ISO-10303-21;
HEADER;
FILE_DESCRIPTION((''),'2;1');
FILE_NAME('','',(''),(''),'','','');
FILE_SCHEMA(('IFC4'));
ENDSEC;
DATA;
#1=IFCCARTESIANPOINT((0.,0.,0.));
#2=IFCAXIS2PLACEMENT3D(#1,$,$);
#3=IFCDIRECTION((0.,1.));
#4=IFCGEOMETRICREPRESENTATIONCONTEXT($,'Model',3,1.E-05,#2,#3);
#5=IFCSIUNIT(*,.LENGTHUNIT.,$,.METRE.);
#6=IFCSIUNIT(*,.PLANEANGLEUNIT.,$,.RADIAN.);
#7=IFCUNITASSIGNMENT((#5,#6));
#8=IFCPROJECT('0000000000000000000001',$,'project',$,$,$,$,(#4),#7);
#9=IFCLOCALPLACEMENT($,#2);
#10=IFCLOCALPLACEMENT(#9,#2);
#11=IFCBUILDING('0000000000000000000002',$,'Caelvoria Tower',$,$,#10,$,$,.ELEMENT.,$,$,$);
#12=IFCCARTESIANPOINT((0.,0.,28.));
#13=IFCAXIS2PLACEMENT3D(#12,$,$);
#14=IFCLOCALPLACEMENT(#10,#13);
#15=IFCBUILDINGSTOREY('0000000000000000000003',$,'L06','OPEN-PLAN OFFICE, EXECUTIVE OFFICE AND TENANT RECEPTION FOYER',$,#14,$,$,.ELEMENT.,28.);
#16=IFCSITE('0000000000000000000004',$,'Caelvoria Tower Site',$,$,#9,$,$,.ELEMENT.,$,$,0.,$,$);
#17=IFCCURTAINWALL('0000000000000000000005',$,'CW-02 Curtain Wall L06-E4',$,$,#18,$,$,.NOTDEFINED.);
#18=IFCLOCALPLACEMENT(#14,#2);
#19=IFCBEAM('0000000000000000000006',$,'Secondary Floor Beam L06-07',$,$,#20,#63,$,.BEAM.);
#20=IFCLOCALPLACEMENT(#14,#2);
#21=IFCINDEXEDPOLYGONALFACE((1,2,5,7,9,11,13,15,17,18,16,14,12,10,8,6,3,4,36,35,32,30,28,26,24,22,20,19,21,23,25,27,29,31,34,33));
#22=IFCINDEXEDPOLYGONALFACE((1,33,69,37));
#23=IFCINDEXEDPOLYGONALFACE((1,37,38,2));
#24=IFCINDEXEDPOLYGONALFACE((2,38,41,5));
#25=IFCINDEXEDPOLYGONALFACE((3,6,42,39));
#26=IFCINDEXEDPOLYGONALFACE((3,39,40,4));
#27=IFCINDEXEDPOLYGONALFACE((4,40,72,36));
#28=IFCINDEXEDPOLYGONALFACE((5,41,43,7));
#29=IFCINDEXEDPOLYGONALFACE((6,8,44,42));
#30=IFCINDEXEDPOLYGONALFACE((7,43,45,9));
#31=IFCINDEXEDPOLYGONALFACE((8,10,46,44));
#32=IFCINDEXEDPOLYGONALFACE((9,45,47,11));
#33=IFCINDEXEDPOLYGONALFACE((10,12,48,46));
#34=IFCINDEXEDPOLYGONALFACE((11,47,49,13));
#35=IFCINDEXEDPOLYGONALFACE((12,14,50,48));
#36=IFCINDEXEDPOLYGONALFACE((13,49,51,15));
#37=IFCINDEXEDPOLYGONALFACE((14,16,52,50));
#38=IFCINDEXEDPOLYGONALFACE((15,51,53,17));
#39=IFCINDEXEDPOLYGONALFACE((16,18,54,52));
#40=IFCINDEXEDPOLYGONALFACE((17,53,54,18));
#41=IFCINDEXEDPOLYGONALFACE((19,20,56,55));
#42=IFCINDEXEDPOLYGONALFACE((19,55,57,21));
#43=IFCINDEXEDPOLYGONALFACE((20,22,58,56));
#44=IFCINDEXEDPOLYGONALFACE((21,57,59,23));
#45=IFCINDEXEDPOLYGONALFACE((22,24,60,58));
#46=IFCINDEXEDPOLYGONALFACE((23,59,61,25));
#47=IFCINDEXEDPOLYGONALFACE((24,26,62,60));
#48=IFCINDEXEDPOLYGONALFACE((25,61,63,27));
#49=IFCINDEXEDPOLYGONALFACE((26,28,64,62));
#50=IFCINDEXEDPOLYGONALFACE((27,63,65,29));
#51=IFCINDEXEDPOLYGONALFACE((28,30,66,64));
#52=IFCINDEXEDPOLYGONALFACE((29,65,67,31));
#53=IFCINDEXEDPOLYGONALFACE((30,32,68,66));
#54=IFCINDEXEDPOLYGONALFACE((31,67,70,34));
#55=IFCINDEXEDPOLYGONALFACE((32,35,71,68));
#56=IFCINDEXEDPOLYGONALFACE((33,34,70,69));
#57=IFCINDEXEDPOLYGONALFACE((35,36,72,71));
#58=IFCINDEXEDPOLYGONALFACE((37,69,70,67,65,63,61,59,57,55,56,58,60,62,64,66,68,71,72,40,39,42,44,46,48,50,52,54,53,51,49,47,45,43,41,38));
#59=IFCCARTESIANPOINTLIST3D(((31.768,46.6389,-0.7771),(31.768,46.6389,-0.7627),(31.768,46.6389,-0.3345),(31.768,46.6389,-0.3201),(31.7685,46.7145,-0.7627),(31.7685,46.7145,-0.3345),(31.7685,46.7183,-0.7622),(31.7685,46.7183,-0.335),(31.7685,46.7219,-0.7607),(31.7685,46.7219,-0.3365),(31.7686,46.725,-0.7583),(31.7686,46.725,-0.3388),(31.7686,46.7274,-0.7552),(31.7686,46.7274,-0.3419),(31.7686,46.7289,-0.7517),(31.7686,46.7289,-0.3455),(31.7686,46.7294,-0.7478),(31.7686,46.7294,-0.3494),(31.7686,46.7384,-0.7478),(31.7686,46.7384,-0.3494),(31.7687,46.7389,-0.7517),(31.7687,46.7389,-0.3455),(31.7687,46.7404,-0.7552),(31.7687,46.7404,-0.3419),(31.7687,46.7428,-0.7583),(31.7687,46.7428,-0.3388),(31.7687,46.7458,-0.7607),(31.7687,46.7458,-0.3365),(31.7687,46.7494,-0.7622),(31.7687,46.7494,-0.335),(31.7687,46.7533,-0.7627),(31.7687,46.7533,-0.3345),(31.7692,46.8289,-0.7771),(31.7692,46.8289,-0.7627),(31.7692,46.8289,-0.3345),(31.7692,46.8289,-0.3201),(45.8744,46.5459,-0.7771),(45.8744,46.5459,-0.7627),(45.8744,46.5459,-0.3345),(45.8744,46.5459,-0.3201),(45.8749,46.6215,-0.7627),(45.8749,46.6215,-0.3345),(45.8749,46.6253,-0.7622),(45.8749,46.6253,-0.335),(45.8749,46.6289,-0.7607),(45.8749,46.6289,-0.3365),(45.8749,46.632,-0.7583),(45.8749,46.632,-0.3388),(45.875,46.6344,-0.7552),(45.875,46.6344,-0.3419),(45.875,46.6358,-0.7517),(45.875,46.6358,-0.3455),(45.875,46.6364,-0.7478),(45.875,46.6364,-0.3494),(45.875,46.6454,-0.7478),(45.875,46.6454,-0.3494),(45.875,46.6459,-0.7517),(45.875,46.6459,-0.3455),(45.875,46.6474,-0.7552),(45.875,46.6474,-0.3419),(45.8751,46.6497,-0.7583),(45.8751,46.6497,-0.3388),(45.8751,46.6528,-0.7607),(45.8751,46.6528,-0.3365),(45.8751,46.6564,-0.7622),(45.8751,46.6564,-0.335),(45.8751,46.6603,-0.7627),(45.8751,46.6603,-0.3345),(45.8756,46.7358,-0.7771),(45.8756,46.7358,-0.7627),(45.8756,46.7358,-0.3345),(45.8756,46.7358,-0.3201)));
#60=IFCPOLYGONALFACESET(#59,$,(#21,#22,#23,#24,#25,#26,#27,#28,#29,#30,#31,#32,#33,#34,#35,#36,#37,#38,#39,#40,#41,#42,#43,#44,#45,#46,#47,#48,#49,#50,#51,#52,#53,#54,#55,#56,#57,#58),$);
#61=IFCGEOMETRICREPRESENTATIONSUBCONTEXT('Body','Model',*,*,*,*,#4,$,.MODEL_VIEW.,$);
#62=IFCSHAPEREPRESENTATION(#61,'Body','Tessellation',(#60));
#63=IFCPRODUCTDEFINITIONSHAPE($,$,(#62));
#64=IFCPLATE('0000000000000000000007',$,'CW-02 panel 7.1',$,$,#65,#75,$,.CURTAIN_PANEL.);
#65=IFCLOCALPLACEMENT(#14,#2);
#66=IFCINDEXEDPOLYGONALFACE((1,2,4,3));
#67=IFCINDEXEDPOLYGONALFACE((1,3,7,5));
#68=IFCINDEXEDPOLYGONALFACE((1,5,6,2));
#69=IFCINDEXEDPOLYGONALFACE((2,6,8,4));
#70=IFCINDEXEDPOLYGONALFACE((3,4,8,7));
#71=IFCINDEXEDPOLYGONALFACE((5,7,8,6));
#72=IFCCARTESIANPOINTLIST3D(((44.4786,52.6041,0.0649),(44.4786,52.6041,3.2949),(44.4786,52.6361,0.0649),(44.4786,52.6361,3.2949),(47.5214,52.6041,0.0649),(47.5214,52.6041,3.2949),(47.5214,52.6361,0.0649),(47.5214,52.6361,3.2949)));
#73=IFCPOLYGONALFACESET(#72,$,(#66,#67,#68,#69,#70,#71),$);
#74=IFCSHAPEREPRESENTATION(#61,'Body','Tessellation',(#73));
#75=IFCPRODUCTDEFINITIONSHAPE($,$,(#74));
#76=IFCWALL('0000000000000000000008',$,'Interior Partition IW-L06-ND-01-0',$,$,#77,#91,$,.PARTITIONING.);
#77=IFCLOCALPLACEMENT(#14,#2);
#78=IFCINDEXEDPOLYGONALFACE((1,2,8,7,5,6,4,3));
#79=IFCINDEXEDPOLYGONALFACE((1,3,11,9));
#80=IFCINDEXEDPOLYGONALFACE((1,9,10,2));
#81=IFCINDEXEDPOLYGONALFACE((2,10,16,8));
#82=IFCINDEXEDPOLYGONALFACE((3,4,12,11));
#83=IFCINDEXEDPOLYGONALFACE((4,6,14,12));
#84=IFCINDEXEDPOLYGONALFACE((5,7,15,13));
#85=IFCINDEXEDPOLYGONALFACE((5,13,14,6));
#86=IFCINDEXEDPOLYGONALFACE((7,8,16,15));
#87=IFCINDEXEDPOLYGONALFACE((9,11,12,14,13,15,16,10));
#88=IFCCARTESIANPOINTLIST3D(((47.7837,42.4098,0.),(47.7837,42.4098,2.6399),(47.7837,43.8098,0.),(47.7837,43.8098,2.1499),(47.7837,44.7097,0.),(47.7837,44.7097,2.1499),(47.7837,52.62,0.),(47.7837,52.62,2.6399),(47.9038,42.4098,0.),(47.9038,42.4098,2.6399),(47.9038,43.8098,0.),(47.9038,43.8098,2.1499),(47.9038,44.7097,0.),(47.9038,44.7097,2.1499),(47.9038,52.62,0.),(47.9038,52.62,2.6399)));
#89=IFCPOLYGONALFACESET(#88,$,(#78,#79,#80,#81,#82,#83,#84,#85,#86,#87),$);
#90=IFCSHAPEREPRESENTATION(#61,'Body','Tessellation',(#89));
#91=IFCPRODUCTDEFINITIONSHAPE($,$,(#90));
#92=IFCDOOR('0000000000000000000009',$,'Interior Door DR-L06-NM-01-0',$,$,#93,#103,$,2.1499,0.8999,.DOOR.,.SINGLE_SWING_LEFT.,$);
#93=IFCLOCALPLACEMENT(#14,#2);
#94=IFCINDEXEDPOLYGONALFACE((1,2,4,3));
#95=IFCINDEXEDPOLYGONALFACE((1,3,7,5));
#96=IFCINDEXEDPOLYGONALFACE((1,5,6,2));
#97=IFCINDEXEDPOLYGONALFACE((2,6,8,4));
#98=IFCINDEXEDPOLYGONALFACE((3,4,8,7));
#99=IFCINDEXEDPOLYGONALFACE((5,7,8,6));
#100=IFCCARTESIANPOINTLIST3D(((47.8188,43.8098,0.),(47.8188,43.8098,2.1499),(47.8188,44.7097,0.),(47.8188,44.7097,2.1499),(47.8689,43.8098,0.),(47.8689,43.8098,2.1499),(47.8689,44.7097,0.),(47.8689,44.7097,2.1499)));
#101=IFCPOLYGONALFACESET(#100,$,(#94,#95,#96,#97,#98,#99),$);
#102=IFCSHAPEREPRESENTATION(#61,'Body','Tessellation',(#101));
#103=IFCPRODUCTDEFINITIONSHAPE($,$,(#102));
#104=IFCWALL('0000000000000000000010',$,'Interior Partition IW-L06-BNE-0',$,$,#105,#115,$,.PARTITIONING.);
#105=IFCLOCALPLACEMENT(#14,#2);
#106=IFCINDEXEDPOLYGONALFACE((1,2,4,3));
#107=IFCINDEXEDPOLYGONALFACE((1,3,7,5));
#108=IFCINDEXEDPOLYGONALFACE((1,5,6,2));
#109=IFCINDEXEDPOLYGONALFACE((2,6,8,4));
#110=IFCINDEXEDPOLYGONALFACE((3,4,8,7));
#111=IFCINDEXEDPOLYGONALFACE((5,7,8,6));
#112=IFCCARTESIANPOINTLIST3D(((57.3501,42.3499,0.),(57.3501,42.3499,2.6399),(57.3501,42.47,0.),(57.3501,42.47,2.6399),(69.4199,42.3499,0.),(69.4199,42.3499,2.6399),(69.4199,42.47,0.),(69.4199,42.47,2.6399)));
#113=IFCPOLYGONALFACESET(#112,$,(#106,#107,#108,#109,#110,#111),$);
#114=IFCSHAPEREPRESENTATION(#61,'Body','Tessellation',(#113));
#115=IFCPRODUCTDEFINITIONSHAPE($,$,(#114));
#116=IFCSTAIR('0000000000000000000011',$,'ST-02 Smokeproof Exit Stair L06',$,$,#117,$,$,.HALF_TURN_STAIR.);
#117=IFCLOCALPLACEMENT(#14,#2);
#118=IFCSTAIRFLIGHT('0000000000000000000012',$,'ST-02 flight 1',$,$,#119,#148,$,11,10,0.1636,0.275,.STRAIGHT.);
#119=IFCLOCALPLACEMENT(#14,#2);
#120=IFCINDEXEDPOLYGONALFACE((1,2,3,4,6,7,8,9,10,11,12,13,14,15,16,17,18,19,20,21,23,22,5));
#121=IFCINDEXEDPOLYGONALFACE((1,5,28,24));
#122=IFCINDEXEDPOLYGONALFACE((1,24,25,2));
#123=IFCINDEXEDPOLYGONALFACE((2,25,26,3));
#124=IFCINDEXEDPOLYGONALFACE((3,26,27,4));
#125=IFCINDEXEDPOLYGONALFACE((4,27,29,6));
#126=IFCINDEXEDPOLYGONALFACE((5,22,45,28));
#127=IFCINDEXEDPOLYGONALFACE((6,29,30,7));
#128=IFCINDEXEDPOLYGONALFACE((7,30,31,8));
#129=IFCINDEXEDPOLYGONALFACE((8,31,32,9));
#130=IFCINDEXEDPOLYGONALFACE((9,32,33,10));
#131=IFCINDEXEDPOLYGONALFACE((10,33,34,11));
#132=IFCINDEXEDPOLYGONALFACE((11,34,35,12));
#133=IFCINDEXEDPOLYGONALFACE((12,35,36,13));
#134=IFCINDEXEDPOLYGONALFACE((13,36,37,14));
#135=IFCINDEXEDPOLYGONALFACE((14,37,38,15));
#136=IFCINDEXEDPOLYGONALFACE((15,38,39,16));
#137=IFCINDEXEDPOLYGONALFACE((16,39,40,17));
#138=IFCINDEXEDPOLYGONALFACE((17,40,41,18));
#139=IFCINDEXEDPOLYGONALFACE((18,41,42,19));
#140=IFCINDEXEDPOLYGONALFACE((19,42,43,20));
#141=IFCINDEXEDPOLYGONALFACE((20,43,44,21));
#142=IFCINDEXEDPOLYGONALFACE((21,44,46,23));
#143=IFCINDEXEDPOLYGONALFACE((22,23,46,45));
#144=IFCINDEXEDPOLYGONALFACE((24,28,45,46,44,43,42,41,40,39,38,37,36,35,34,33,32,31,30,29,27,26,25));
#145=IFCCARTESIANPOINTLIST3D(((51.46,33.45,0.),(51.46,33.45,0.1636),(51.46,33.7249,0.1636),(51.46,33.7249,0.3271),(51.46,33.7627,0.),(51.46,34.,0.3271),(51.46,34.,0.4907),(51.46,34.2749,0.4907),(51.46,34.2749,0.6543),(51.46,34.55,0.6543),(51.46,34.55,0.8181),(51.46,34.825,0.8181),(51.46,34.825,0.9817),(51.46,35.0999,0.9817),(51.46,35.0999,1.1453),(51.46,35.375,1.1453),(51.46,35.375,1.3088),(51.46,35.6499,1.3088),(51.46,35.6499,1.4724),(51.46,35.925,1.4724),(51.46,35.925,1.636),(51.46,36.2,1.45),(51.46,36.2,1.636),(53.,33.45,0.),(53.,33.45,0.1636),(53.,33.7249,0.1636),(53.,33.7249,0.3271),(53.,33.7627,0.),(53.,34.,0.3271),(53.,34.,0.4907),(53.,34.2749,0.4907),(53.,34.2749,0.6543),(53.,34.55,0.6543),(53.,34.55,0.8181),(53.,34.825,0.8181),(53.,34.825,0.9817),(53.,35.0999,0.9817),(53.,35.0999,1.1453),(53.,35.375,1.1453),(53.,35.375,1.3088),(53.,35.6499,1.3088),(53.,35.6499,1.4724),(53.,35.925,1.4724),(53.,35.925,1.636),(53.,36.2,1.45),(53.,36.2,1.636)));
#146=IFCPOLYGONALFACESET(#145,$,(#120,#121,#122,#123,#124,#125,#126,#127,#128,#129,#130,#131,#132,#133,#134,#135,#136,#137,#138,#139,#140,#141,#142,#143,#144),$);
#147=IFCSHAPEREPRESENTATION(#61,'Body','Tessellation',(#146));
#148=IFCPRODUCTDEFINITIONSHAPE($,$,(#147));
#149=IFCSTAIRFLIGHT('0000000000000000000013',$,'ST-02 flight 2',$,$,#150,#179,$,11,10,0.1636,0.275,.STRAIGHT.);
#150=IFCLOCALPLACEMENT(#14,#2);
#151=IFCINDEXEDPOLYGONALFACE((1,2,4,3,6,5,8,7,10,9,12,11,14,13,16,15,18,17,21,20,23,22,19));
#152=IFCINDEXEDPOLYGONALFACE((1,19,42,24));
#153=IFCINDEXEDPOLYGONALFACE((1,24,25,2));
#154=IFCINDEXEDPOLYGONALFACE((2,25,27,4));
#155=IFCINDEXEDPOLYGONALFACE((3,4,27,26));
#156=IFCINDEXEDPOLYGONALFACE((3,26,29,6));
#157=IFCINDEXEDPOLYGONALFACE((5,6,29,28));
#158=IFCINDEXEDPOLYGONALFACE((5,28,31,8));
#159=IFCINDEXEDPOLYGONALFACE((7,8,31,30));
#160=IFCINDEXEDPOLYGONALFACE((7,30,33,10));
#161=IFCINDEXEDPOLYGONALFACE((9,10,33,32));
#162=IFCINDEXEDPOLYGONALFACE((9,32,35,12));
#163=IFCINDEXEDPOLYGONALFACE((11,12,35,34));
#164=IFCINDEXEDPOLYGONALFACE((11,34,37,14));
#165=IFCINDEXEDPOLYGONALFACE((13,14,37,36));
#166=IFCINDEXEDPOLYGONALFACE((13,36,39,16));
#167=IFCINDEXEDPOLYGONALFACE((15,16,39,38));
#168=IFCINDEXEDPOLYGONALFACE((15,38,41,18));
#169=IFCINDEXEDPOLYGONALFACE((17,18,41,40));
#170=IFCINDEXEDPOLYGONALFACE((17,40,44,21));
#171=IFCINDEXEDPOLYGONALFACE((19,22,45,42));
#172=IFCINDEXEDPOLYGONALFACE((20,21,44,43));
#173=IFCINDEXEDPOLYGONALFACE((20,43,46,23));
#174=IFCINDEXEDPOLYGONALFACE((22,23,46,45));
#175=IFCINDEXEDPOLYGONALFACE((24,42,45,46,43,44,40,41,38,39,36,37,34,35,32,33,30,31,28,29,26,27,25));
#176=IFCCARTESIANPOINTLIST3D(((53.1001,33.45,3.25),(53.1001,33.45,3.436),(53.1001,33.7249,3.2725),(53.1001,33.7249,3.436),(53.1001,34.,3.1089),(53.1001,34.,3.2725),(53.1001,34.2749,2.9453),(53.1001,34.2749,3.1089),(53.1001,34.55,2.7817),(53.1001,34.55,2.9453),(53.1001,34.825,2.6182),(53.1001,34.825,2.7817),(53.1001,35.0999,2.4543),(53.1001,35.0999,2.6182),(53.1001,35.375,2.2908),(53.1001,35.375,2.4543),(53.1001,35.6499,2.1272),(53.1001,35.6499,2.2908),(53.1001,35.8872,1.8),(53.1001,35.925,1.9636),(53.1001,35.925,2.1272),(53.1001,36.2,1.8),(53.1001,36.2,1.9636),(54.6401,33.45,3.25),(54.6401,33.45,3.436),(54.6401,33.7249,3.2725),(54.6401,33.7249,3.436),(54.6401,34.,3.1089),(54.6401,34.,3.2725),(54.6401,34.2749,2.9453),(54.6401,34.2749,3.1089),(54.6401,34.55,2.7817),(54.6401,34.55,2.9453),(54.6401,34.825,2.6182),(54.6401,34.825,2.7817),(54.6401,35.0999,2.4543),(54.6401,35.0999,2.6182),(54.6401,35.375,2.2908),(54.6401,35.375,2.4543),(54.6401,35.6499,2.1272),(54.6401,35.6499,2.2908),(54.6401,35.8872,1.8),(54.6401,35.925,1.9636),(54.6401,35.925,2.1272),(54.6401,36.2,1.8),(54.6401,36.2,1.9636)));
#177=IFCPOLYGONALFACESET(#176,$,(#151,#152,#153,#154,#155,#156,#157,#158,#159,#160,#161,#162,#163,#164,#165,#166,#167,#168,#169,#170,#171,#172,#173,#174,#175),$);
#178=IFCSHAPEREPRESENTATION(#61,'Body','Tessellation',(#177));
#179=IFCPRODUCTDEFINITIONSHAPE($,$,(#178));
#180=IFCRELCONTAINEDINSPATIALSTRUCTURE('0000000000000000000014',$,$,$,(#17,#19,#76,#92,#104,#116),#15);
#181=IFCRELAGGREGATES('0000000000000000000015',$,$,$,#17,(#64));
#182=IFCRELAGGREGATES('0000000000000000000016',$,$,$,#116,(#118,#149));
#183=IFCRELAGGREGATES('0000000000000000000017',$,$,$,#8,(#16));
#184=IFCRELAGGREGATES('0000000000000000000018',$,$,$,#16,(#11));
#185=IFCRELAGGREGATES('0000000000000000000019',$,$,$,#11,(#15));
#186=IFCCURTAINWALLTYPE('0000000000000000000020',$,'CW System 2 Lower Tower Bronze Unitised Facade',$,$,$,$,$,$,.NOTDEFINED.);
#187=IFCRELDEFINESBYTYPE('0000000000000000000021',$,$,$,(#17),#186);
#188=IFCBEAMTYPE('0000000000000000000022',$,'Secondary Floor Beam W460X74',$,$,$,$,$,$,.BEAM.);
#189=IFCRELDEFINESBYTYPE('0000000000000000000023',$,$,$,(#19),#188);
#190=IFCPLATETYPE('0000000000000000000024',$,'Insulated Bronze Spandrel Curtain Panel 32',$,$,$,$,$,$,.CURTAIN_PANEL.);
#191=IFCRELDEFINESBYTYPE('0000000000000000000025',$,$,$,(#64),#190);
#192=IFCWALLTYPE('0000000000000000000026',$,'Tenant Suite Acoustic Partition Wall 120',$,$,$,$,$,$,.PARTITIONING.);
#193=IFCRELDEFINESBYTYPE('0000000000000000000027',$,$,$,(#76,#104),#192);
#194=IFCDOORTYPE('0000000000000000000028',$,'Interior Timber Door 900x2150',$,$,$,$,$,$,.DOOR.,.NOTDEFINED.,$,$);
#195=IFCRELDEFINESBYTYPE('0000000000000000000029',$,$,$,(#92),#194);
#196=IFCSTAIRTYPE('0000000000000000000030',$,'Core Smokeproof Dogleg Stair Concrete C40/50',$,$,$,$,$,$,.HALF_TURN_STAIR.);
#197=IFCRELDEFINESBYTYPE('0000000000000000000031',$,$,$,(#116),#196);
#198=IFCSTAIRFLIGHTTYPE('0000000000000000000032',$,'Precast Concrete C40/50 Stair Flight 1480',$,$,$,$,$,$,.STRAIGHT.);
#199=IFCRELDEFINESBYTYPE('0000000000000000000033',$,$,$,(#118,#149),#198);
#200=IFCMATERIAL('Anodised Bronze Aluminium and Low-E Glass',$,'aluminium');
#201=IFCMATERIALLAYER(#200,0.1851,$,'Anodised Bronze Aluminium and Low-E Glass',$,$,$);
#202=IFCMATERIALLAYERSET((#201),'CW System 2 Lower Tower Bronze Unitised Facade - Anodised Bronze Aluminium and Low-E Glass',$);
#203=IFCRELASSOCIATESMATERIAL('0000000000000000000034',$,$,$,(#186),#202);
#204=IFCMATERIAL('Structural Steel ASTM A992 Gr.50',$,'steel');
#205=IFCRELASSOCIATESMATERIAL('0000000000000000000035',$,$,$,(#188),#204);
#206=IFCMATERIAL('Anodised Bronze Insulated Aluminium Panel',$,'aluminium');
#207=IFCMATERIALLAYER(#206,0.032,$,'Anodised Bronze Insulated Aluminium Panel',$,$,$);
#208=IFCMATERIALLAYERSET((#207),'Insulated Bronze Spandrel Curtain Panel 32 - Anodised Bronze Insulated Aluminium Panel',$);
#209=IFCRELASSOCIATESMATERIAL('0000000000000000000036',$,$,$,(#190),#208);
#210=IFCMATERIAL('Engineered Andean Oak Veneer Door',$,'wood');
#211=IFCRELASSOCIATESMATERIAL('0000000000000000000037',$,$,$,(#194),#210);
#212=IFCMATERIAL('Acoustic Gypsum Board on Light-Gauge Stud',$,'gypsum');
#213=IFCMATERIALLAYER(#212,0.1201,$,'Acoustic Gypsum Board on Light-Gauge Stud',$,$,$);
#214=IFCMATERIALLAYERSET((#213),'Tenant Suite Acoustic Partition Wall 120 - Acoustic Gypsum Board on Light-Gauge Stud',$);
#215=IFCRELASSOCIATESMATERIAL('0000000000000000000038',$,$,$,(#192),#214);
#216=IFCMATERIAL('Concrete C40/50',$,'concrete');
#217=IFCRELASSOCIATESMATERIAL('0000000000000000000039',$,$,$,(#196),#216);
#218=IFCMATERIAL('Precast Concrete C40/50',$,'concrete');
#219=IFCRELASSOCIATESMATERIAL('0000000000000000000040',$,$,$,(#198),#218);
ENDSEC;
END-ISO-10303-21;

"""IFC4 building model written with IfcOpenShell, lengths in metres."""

from ifc_helpers import new_model, si_unit, direction, frame, frame_2d, origin, origin_2d, place, context, subcontext, project, spatial, polyline, rectangle, i_section, outline, extrude, material, layer, layer_set, material_profile, profile_set, type_object, element, fill, aggregate, save


model = new_model("IFC4")

# Units and contexts
model_context = context("Model", 3, precision=1e-05, world=origin(), true_north=direction((0.0, 1.0)))
body_context = subcontext(model_context, "Body", "Model", "MODEL_VIEW")
ifc_project = project(units=[si_unit("LENGTHUNIT", "METRE"), si_unit("PLANEANGLEUNIT", "RADIAN")], contexts=[model_context])

# Site, building, storey
site_placement = place(None, origin())
site = spatial("IfcSite", under=ifc_project, at=site_placement, Name="Caelvoria Tower Site", CompositionType="ELEMENT", RefElevation=0.0)
building_placement = place(site_placement, origin())
building = spatial("IfcBuilding", under=site, at=building_placement, Name="Caelvoria Tower", CompositionType="ELEMENT")
storey_placement = place(building_placement, frame((0.0, 0.0, 28.0)))
storey = spatial("IfcBuildingStorey", under=building, at=storey_placement, Name="L06", Description="OPEN-PLAN OFFICE, EXECUTIVE OFFICE AND TENANT RECEPTION FOYER", CompositionType="ELEMENT", Elevation=28.0)

# Shared definitions
ifc_material_1 = material(Name="Structural Steel ASTM A992 Gr.50", Category="steel")

# Curtain wall
ifc_material_2 = material(Name="Anodised Bronze Aluminium and Low-E Glass", Category="aluminium")
ifc_layer_1 = layer(ifc_material_2, 0.1851, Name="Anodised Bronze Aluminium and Low-E Glass")
ifc_layer_set_1 = layer_set([ifc_layer_1], Name="CW System 2 Lower Tower Bronze Unitised Facade - Anodised Bronze Aluminium and Low-E Glass")
curtain_wall_type = type_object("IfcCurtainWallType", Name="CW System 2 Lower Tower Bronze Unitised Facade", PredefinedType="NOTDEFINED", material=ifc_layer_set_1)
curtain_wall_placement = place(storey_placement, origin())
curtain_wall = element("IfcCurtainWall", 1, at=curtain_wall_placement, inside=storey, type_object=curtain_wall_type, Name="CW-02 Curtain Wall L06-E4", PredefinedType="NOTDEFINED")

# Beam
ifc_material_profile_1 = material_profile(ifc_material_1, i_section(OverallWidth=0.1899, OverallDepth=0.457, WebThickness=0.009, FlangeThickness=0.0144, FilletRadius=0.0149, at=origin_2d()), Name="Structural Steel ASTM A992 Gr.50")
ifc_profile_set_1 = profile_set([ifc_material_profile_1], Name="W460X74 - Structural Steel ASTM A992 Gr.50")
beam_type_1 = type_object("IfcBeamType", Name="Secondary Floor Beam W460X74", PredefinedType="BEAM", material=ifc_profile_set_1)
beam_1_placement = place(storey_placement, frame((45.875, 46.6409, -0.5486), z_axis=(-0.999978, 0.006594, 0.0), x_axis=(-0.006594, -0.999978, 0.0)))
element("IfcBeam", 2, at=beam_1_placement, inside=storey, type_object=beam_type_1, Name="Secondary Floor Beam L06-07", PredefinedType="BEAM", context=body_context, shape_type="SweptSolid", body=[
    extrude(i_section(OverallWidth=0.1899, OverallDepth=0.457, WebThickness=0.009, FlangeThickness=0.0144, FilletRadius=0.0149, at=origin_2d()), origin(), (0.0, 0.0, 1.0), 14.1067),
])

# Plate
ifc_material_3 = material(Name="Anodised Bronze Insulated Aluminium Panel", Category="aluminium")
ifc_layer_2 = layer(ifc_material_3, 0.032, Name="Anodised Bronze Insulated Aluminium Panel")
ifc_layer_set_2 = layer_set([ifc_layer_2], Name="Insulated Bronze Spandrel Curtain Panel 32 - Anodised Bronze Insulated Aluminium Panel")
plate_type = type_object("IfcPlateType", Name="Insulated Bronze Spandrel Curtain Panel 32", PredefinedType="CURTAIN_PANEL", material=ifc_layer_set_2)
plate_placement = place(storey_placement, frame((46.0, 52.6201, 0.0649), z_axis=(0.0, 0.0, 1.0), x_axis=(-1.0, 0.0, 0.0)))
plate = element("IfcPlate", 3, at=plate_placement, type_object=plate_type, Name="CW-02 panel 7.1", PredefinedType="CURTAIN_PANEL", context=body_context, shape_type="SweptSolid", body=[
    extrude(rectangle(XDim=3.0427, YDim=0.032, at=origin_2d()), origin(), (0.0, 0.0, 1.0), 3.23),
])
aggregate(curtain_wall, [plate])

# Wall, opening, door
ifc_material_4 = material(Name="Engineered Andean Oak Veneer Door", Category="wood")
door_type = type_object("IfcDoorType", Name="Interior Timber Door 900x2150", OperationType="NOTDEFINED", PredefinedType="DOOR", material=ifc_material_4)
ifc_material_5 = material(Name="Acoustic Gypsum Board on Light-Gauge Stud", Category="gypsum")
ifc_layer_3 = layer(ifc_material_5, 0.1201, Name="Acoustic Gypsum Board on Light-Gauge Stud")
ifc_layer_set_3 = layer_set([ifc_layer_3], Name="Tenant Suite Acoustic Partition Wall 120 - Acoustic Gypsum Board on Light-Gauge Stud")
wall_type_1 = type_object("IfcWallType", Name="Tenant Suite Acoustic Partition Wall 120", PredefinedType="PARTITIONING", material=ifc_layer_set_3)
wall_1_placement = place(storey_placement, frame((47.8438, 42.4099, 0.0), z_axis=(0.0, 0.0, 1.0), x_axis=(0.0, 1.0, 0.0)))
wall_1 = element("IfcWall", 4, at=wall_1_placement, inside=storey, type_object=wall_type_1, Name="Interior Partition IW-L06-ND-01-0", PredefinedType="PARTITIONING", context=body_context, shape_type="SweptSolid", body=[
    extrude(rectangle(XDim=10.2102, YDim=0.1201, at=frame_2d((5.105, 0.0))), origin(), (0.0, 0.0, 1.0), 2.6399),
])
opening_1_placement = place(wall_1_placement, frame((1.3999, 0.0, 0.0)))
opening_1 = element("IfcOpeningElement", 5, at=opening_1_placement, cuts=wall_1, PredefinedType="OPENING", context=body_context, shape_type="SweptSolid", body=[
    extrude(rectangle(XDim=0.8999, YDim=2.1499, at=frame_2d((0.45, 1.075))), frame((0.0, 0.0701, 0.0), z_axis=(0.0, -1.0, 0.0), x_axis=(1.0, 0.0, 0.0)), (0.0, 0.0, 1.0), 0.1401),
])
door_1_placement = place(opening_1_placement, origin())
door_1 = element("IfcDoor", 6, at=door_1_placement, inside=storey, type_object=door_type, Name="Interior Door DR-L06-NM-01-0", OperationType="SINGLE_SWING_LEFT", OverallHeight=2.1499, OverallWidth=0.8999, PredefinedType="DOOR", context=body_context, shape_type="SweptSolid", body=[
    extrude(rectangle(XDim=0.8999, YDim=2.1499, at=frame_2d((0.45, 1.075))), frame((0.0, 0.0249, 0.0), z_axis=(0.0, -1.0, 0.0), x_axis=(1.0, 0.0, 0.0)), (0.0, 0.0, 1.0), 0.05),
])
fill(opening_1, door_1)

# Wall
wall_2_placement = place(storey_placement, frame((57.3501, 42.4099, 0.0), z_axis=(0.0, 0.0, 1.0), x_axis=(1.0, 0.0, 0.0)))
element("IfcWall", 7, at=wall_2_placement, inside=storey, type_object=wall_type_1, Name="Interior Partition IW-L06-BNE-0", PredefinedType="PARTITIONING", context=body_context, shape_type="SweptSolid", body=[
    extrude(rectangle(XDim=12.0698, YDim=0.1201, at=frame_2d((6.0349, 0.0))), origin(), (0.0, 0.0, 1.0), 2.6399),
])

# Stair, stair flights
ifc_material_6 = material(Name="Concrete C40/50", Category="concrete")
stair_type = type_object("IfcStairType", Name="Core Smokeproof Dogleg Stair Concrete C40/50", PredefinedType="HALF_TURN_STAIR", material=ifc_material_6)
stair_placement = place(storey_placement, origin())
stair = element("IfcStair", 8, at=stair_placement, inside=storey, type_object=stair_type, Name="ST-02 Smokeproof Exit Stair L06", PredefinedType="HALF_TURN_STAIR")
ifc_material_7 = material(Name="Precast Concrete C40/50", Category="concrete")
stair_flight_type = type_object("IfcStairFlightType", Name="Precast Concrete C40/50 Stair Flight 1480", PredefinedType="STRAIGHT", material=ifc_material_7)
stair_flight_1_placement = place(storey_placement, frame((52.23, 33.45, 0.0), z_axis=(0.0, 0.0, 1.0), x_axis=(0.0, 1.0, 0.0)))
stair_flight_1 = element("IfcStairFlight", 9, at=stair_flight_1_placement, type_object=stair_flight_type, Name="ST-02 flight 1", NumberOfRisers=11, NumberOfTreads=10, PredefinedType="STRAIGHT", RiserHeight=0.1636, TreadLength=0.275, context=body_context, shape_type="SweptSolid", body=[
    extrude(outline(polyline([(0.0, 0.0), (0.0, 0.1636), (0.2749, 0.1636), (0.2749, 0.3271), (0.55, 0.3271), (0.55, 0.4907), (0.825, 0.4907), (0.825, 0.6543), (1.1001, 0.6543), (1.1001, 0.8181), (1.375, 0.8181), (1.375, 0.9817), (1.6499, 0.9817), (1.6499, 1.1453), (1.925, 1.1453), (1.925, 1.3088), (2.2, 1.3088), (2.2, 1.4724), (2.4751, 1.4724), (2.4751, 1.636), (2.75, 1.636), (2.75, 1.7996), (2.75, 1.45), (0.3127, 0.0), (0.0, 0.0)])), frame((0.0, 0.77, 0.0), z_axis=(0.0, -1.0, 0.0), x_axis=(1.0, 0.0, 0.0)), (0.0, 0.0, 1.0), 1.54),
])
stair_flight_2_placement = place(storey_placement, frame((53.8701, 36.2, 1.8), z_axis=(0.0, 0.0, 1.0), x_axis=(0.0, -1.0, 0.0)))
stair_flight_2 = element("IfcStairFlight", 10, at=stair_flight_2_placement, type_object=stair_flight_type, Name="ST-02 flight 2", NumberOfRisers=11, NumberOfTreads=10, PredefinedType="STRAIGHT", RiserHeight=0.1636, TreadLength=0.275, context=body_context, shape_type="SweptSolid", body=[
    extrude(outline(polyline([(0.0, 0.0), (0.0, 0.1636), (0.2749, 0.1636), (0.2749, 0.3271), (0.55, 0.3271), (0.55, 0.4907), (0.825, 0.4907), (0.825, 0.6543), (1.1001, 0.6543), (1.1001, 0.8181), (1.375, 0.8181), (1.375, 0.9817), (1.6499, 0.9817), (1.6499, 1.1453), (1.925, 1.1453), (1.925, 1.3088), (2.2, 1.3088), (2.2, 1.4724), (2.4751, 1.4724), (2.4751, 1.636), (2.75, 1.636), (2.75, 1.7996), (2.75, 1.45), (0.3127, 0.0), (0.0, 0.0)])), frame((0.0, 0.77, 0.0), z_axis=(0.0, -1.0, 0.0), x_axis=(1.0, 0.0, 0.0)), (0.0, 0.0, 1.0), 1.54),
])
aggregate(stair, [stair_flight_1, stair_flight_2])

save(model, "model.ifc")
